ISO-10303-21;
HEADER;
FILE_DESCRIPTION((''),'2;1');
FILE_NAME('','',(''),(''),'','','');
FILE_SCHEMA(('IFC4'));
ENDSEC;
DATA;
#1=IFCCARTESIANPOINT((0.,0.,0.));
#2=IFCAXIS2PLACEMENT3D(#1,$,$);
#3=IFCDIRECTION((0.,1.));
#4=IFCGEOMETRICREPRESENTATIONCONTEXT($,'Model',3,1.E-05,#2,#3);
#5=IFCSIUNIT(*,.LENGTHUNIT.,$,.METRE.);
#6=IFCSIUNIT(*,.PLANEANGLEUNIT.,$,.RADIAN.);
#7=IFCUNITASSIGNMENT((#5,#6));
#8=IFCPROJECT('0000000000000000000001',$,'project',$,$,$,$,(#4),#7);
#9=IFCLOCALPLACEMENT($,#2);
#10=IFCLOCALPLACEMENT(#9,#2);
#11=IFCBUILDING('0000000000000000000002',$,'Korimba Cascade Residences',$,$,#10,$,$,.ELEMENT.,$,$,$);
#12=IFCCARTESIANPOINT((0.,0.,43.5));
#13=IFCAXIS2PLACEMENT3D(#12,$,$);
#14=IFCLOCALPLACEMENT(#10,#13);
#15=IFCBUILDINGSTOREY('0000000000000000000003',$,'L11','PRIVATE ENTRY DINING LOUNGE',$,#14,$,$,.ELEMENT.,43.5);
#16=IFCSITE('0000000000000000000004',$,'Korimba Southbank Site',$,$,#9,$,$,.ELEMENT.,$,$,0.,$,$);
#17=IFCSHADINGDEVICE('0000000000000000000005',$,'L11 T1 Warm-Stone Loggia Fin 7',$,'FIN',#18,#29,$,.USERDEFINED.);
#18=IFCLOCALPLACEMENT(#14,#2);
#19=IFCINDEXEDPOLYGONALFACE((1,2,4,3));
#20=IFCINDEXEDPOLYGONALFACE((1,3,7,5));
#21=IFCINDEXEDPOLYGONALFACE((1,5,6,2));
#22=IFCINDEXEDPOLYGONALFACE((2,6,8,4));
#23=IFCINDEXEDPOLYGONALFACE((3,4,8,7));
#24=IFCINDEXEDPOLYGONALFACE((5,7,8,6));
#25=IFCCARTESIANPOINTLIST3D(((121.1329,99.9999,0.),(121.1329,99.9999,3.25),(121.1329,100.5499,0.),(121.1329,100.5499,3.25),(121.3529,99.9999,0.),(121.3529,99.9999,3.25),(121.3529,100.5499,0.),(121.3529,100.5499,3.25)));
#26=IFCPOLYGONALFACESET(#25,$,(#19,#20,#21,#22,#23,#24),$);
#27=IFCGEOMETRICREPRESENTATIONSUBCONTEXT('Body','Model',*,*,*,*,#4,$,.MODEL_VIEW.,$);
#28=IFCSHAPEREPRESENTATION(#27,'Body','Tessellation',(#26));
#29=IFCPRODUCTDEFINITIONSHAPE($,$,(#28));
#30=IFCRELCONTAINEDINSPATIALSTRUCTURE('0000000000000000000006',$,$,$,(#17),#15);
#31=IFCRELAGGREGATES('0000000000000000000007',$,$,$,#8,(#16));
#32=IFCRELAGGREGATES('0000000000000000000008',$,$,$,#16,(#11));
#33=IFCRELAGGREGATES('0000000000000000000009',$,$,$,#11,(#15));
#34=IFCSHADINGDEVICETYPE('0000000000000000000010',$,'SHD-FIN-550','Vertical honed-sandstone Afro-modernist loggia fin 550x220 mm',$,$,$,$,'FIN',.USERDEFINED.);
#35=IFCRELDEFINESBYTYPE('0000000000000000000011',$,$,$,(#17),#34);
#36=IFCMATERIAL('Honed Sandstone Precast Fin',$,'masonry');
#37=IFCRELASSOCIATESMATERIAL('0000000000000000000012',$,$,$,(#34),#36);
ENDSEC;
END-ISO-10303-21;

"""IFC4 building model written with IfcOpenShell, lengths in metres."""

from ifc_helpers import new_model, si_unit, direction, frame, origin, origin_2d, place, context, subcontext, project, spatial, rectangle, extrude, material, type_object, element, save


model = new_model("IFC4")

# Units and contexts
model_context = context("Model", 3, precision=1e-05, world=origin(), true_north=direction((0.0, 1.0)))
body_context = subcontext(model_context, "Body", "Model", "MODEL_VIEW")
ifc_project = project(units=[si_unit("LENGTHUNIT", "METRE"), si_unit("PLANEANGLEUNIT", "RADIAN")], contexts=[model_context])

# Site, building, storey
site_placement = place(None, origin())
site = spatial("IfcSite", under=ifc_project, at=site_placement, Name="Korimba Southbank Site", CompositionType="ELEMENT", RefElevation=0.0)
building_placement = place(site_placement, origin())
building = spatial("IfcBuilding", under=site, at=building_placement, Name="Korimba Cascade Residences", CompositionType="ELEMENT")
storey_placement = place(building_placement, frame((0.0, 0.0, 43.5)))
storey = spatial("IfcBuildingStorey", under=building, at=storey_placement, Name="L11", Description="PRIVATE ENTRY DINING LOUNGE", CompositionType="ELEMENT", Elevation=43.5)

# Shading device
ifc_material_1 = material(Name="Honed Sandstone Precast Fin", Category="masonry")
shading_device_type = type_object("IfcShadingDeviceType", Name="SHD-FIN-550", Description="Vertical honed-sandstone Afro-modernist loggia fin 550x220 mm", ElementType="FIN", PredefinedType="USERDEFINED", material=ifc_material_1)
shading_device_placement = place(storey_placement, frame((121.2429, 100.2749, 0.0), z_axis=(0.0, 0.0, 1.0), x_axis=(1.0, 0.0, 0.0)))
element("IfcShadingDevice", 1, at=shading_device_placement, inside=storey, type_object=shading_device_type, Name="L11 T1 Warm-Stone Loggia Fin 7", ObjectType="FIN", PredefinedType="USERDEFINED", context=body_context, shape_type="SweptSolid", body=[
    extrude(rectangle(XDim=0.22, YDim=0.55, at=origin_2d()), origin(), (0.0, 0.0, 1.0), 3.25),
])

save(model, "model.ifc")
